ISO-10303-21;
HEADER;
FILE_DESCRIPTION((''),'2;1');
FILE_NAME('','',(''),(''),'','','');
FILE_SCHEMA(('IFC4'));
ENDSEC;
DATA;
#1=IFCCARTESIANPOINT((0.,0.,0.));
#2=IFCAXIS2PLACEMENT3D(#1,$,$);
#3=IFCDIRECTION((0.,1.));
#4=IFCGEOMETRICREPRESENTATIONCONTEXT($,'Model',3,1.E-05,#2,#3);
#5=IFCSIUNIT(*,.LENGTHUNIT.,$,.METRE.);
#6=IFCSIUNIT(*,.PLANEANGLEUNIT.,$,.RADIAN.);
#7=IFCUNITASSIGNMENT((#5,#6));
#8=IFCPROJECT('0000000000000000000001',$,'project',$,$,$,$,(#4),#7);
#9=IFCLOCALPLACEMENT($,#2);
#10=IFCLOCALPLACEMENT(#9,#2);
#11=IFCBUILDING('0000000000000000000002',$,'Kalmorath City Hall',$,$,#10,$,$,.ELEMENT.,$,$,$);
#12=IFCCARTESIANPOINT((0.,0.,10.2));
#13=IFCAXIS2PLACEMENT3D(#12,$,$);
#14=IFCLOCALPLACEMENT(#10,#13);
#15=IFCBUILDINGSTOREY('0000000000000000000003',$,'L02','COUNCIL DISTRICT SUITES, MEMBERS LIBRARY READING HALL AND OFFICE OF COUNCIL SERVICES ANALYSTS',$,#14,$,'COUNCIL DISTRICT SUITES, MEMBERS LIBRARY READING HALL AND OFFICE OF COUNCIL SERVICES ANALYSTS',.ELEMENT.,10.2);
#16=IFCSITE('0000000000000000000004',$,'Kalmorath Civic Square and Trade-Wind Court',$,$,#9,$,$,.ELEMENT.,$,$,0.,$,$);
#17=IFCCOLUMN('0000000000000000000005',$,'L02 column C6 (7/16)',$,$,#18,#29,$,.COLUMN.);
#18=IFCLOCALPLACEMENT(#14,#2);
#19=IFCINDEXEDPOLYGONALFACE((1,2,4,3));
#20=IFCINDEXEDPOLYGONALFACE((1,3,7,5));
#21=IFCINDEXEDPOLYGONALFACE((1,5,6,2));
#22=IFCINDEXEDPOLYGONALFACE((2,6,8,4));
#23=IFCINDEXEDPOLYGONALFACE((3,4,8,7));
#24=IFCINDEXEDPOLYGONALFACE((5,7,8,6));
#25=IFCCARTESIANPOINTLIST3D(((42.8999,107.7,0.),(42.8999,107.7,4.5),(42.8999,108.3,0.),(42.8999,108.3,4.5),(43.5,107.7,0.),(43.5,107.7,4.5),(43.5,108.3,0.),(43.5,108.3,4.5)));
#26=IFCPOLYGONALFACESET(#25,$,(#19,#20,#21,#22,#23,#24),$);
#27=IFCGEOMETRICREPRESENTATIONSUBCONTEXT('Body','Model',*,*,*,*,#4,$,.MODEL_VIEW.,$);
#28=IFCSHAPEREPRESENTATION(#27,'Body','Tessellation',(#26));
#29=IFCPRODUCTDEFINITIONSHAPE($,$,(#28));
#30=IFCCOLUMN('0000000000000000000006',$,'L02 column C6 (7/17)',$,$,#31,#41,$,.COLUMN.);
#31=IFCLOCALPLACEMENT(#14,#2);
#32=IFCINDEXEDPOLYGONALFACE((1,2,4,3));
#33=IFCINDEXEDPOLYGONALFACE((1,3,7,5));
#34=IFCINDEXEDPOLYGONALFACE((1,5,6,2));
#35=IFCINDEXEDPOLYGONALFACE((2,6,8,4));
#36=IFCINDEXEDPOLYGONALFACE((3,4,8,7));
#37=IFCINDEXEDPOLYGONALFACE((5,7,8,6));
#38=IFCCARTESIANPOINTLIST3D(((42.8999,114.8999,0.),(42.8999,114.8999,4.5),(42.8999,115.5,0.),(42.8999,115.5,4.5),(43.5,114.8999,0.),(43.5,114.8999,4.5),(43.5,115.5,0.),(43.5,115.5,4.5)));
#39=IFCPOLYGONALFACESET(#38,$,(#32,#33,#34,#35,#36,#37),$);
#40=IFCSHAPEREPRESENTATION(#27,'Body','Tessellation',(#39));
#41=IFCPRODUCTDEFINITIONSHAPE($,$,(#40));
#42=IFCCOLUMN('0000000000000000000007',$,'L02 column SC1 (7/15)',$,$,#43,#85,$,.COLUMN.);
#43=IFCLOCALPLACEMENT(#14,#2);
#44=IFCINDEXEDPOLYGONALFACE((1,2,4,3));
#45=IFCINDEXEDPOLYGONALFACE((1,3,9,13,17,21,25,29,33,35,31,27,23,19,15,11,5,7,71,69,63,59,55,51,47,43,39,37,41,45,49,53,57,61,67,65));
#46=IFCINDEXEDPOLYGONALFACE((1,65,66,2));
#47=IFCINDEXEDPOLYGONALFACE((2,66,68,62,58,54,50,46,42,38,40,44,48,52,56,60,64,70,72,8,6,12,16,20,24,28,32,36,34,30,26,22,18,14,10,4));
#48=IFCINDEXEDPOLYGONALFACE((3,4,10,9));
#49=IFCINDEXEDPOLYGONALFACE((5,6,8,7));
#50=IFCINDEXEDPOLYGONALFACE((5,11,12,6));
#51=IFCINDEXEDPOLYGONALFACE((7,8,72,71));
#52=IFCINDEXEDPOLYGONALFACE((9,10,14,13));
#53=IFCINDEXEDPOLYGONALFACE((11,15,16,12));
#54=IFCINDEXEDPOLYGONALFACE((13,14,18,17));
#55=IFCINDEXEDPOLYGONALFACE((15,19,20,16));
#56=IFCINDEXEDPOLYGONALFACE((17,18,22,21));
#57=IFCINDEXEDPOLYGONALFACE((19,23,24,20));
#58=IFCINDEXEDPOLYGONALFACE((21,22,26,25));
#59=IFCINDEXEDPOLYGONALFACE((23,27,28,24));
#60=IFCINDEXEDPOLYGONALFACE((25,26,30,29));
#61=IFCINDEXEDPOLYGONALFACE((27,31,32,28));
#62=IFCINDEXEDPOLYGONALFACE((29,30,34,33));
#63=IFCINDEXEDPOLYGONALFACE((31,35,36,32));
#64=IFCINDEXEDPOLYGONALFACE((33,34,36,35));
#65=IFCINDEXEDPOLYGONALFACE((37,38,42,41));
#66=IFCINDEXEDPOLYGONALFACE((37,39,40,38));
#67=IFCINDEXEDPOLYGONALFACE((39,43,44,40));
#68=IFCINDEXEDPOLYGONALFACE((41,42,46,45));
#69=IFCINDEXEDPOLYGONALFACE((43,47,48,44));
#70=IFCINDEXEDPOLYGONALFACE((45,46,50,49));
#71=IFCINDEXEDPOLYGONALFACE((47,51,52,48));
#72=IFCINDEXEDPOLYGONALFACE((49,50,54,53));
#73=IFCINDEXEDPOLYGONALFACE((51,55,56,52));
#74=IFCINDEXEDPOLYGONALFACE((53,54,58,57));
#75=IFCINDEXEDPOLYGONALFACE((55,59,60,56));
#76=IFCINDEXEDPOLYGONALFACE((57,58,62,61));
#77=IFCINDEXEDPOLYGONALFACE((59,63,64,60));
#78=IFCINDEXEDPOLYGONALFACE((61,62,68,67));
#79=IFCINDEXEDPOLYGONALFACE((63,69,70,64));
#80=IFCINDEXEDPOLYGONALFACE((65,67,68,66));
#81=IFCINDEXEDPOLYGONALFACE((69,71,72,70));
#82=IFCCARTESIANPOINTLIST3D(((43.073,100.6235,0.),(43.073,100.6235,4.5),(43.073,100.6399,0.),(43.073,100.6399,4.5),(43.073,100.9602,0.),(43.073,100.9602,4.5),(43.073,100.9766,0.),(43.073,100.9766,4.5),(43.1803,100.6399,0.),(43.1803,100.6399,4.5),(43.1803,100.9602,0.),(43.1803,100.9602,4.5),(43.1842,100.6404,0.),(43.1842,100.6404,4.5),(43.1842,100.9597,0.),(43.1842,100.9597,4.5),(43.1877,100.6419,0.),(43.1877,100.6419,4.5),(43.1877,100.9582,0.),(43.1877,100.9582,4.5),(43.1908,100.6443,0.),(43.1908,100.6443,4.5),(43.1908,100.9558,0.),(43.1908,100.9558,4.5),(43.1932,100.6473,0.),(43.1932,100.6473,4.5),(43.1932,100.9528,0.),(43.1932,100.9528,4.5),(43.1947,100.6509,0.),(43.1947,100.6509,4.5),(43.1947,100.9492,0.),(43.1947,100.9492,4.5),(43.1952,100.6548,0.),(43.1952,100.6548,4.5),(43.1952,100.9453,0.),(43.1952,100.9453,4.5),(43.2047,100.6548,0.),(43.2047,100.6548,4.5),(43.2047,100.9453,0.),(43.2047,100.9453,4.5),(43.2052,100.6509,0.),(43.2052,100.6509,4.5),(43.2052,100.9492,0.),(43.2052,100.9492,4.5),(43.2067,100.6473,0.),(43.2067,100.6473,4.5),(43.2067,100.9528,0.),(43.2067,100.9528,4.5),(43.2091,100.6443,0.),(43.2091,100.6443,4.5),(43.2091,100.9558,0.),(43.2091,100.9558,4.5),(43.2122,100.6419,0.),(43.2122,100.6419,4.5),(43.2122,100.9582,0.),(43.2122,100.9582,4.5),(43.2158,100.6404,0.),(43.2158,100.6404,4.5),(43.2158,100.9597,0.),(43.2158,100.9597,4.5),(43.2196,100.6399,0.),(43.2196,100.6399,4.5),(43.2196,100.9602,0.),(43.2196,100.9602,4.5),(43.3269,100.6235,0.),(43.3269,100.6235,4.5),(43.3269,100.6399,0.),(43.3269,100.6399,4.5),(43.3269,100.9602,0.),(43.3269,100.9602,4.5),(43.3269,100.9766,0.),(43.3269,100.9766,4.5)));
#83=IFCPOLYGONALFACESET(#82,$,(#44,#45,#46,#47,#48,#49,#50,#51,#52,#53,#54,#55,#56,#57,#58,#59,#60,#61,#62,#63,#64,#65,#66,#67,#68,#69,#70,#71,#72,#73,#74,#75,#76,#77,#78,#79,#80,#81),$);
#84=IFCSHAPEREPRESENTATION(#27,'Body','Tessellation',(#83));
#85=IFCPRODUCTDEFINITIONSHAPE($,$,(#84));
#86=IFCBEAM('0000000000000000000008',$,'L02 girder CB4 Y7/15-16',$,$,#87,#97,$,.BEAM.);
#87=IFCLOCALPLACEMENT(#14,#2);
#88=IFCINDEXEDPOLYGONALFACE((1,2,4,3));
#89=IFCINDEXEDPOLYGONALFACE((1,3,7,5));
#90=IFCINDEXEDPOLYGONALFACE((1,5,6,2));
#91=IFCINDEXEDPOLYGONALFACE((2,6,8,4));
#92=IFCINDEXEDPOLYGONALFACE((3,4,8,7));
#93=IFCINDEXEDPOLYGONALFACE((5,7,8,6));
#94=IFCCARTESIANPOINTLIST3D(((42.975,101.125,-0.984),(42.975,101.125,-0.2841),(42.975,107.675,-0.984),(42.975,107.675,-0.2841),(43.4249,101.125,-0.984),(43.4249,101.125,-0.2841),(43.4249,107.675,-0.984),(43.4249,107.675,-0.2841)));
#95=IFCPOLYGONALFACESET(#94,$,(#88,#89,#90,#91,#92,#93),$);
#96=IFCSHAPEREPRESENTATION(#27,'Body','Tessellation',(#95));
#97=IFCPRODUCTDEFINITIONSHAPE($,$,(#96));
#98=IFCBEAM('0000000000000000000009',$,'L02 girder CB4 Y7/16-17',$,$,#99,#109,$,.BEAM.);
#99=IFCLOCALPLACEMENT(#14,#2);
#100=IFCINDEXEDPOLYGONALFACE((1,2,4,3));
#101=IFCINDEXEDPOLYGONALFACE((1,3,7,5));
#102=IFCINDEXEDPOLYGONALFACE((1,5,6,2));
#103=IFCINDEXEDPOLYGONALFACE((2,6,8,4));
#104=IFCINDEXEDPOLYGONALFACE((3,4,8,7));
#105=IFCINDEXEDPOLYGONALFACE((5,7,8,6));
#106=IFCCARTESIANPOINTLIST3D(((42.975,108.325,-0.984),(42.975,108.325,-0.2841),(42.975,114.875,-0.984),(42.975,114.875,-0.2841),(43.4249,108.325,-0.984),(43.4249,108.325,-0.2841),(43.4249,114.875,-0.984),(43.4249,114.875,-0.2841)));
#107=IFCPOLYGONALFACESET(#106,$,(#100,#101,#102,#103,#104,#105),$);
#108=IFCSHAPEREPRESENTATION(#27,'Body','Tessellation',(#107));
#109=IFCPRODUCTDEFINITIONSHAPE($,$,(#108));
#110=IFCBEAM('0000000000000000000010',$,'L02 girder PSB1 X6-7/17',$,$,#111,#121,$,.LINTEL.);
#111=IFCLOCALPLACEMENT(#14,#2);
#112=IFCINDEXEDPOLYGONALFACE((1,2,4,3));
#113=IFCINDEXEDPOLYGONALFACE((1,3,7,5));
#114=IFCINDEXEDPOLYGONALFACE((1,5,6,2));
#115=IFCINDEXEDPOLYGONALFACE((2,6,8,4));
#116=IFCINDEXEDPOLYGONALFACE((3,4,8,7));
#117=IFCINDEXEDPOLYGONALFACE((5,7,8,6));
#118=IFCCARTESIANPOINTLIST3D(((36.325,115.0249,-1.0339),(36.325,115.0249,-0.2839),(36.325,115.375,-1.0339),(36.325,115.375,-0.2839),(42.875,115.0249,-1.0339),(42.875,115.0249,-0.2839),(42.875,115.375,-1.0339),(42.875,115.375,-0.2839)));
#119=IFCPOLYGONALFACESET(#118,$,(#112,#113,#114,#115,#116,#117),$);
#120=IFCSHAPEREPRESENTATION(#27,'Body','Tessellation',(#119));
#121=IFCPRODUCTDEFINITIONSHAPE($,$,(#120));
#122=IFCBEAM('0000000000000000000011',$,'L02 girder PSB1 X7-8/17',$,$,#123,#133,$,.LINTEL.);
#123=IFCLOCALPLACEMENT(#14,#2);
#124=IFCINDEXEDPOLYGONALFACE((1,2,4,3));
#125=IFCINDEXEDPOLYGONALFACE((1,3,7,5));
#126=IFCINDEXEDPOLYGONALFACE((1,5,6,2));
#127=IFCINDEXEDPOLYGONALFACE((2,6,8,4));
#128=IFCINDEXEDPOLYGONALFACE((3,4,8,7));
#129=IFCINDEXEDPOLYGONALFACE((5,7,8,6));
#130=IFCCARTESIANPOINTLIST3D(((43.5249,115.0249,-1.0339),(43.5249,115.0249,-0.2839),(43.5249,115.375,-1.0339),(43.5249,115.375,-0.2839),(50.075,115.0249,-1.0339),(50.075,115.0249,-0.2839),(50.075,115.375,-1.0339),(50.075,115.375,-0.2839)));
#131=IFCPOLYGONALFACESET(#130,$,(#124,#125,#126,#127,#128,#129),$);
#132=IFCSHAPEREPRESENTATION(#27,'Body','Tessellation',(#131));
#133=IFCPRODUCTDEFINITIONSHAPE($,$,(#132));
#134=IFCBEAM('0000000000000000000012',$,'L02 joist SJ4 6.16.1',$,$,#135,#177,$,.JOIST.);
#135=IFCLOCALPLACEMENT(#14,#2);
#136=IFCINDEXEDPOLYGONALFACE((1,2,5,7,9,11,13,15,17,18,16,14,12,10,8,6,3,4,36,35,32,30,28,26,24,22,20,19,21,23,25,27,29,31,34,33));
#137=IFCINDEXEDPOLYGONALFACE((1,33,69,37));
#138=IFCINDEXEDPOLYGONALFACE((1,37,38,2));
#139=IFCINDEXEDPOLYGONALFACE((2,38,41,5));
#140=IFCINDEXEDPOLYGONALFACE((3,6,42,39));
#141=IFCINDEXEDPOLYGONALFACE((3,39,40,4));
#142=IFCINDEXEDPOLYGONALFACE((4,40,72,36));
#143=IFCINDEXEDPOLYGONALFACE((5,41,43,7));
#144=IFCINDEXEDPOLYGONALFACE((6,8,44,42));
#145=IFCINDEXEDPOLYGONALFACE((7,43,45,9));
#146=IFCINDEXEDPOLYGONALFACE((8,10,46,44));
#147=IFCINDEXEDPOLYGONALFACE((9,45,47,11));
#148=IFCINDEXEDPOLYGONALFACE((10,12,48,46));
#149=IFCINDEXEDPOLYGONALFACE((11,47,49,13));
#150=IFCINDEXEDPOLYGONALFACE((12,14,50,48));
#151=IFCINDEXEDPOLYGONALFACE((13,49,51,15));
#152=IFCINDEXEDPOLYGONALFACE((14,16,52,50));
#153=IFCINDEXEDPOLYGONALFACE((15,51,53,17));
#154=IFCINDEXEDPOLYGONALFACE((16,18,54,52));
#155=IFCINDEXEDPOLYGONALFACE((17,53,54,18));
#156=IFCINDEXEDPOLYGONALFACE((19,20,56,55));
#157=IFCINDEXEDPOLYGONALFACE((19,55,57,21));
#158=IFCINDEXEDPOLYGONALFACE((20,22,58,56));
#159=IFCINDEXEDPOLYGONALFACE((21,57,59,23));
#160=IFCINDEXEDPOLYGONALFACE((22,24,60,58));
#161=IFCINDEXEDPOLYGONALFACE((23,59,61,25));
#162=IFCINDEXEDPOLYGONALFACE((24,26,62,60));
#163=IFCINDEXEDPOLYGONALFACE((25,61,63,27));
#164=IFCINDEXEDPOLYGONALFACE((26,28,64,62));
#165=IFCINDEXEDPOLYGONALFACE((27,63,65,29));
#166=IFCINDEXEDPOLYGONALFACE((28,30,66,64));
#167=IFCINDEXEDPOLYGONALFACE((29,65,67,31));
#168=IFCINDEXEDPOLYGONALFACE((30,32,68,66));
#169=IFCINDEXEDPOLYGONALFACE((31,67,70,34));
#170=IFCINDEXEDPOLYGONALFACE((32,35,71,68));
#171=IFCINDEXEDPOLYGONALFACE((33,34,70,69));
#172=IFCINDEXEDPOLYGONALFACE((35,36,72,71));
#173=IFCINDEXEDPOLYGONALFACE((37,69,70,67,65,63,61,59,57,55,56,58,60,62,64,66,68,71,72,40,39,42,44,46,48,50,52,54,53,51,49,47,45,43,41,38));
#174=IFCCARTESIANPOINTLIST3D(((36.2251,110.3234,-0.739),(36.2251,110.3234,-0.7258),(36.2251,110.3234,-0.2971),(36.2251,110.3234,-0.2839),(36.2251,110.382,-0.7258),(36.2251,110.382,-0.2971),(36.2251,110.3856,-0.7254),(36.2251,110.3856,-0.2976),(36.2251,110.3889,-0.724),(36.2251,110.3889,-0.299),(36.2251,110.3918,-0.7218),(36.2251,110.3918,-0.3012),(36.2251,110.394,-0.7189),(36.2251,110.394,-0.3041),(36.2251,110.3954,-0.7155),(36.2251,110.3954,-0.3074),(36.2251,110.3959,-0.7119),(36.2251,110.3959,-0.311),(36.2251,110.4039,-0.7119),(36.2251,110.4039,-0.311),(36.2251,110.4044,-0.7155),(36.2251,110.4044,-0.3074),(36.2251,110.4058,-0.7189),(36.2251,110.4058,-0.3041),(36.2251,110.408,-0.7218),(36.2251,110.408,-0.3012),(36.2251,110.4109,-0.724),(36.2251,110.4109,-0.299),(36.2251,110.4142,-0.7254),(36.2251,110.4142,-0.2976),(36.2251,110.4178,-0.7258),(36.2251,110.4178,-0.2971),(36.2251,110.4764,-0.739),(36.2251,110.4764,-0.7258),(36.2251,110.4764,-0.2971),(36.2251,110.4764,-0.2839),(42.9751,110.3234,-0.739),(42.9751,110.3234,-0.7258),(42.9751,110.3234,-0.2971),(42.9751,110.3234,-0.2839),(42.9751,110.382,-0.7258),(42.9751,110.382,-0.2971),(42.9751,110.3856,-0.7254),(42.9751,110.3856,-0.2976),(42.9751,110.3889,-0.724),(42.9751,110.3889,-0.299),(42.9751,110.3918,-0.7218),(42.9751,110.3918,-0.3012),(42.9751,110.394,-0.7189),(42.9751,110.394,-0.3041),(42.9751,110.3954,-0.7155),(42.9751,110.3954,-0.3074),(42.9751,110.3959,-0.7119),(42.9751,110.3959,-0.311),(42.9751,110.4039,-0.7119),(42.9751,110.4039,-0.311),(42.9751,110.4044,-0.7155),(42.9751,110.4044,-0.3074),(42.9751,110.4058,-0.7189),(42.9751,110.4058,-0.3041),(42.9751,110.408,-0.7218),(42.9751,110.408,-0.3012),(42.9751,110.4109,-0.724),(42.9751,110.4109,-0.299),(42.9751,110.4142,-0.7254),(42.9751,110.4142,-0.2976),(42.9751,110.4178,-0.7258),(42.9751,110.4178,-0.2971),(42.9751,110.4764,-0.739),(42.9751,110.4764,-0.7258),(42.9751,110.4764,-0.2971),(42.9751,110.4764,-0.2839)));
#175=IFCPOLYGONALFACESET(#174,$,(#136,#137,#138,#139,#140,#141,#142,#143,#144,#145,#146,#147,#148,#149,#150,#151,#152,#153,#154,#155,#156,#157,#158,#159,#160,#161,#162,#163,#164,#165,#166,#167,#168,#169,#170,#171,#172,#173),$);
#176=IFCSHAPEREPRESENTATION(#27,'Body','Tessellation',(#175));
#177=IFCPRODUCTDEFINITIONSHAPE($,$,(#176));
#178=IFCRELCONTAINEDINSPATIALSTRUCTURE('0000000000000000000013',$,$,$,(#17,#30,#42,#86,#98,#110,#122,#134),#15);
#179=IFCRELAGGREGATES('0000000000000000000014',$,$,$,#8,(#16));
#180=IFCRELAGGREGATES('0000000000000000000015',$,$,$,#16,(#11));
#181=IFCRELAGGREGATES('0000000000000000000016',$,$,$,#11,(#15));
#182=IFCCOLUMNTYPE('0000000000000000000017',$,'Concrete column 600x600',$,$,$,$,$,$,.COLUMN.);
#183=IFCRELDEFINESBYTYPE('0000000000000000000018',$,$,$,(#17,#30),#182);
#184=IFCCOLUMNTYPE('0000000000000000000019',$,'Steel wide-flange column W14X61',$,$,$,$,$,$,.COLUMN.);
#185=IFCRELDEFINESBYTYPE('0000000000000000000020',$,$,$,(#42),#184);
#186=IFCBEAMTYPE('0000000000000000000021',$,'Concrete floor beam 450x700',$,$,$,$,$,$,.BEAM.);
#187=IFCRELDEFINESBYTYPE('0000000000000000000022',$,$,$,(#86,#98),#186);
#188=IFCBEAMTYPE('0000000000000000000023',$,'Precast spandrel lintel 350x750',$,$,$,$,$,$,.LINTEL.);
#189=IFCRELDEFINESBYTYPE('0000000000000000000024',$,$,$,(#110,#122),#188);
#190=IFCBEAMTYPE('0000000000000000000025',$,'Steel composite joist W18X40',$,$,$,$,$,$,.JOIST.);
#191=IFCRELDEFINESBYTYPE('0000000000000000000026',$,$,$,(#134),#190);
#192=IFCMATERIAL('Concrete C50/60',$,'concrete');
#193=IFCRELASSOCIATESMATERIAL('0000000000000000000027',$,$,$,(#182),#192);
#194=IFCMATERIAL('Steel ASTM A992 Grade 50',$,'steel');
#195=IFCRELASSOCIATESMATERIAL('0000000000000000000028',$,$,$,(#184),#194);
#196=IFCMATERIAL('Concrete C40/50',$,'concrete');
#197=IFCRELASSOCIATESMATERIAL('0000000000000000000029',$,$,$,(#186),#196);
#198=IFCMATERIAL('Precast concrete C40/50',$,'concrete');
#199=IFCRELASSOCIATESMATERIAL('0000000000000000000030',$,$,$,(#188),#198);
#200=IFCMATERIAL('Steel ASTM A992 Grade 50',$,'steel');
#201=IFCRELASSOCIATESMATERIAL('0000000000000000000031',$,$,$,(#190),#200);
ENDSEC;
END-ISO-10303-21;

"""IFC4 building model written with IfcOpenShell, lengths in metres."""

from ifc_helpers import new_model, si_unit, direction, frame, origin, origin_2d, place, context, subcontext, project, spatial, rectangle, i_section, extrude, material, material_profile, profile_set, type_object, element, save


model = new_model("IFC4")

# Units and contexts
model_context = context("Model", 3, precision=1e-05, world=origin(), true_north=direction((0.0, 1.0)))
body_context = subcontext(model_context, "Body", "Model", "MODEL_VIEW")
ifc_project = project(units=[si_unit("LENGTHUNIT", "METRE"), si_unit("PLANEANGLEUNIT", "RADIAN")], contexts=[model_context])

# Site, building, storey
site_placement = place(None, origin())
site = spatial("IfcSite", under=ifc_project, at=site_placement, Name="Kalmorath Civic Square and Trade-Wind Court", CompositionType="ELEMENT", RefElevation=0.0)
building_placement = place(site_placement, origin())
building = spatial("IfcBuilding", under=site, at=building_placement, Name="Kalmorath City Hall", CompositionType="ELEMENT")
storey_placement = place(building_placement, frame((0.0, 0.0, 10.2)))
storey = spatial("IfcBuildingStorey", under=building, at=storey_placement, Name="L02", Description="COUNCIL DISTRICT SUITES, MEMBERS LIBRARY READING HALL AND OFFICE OF COUNCIL SERVICES ANALYSTS", LongName="COUNCIL DISTRICT SUITES, MEMBERS LIBRARY READING HALL AND OFFICE OF COUNCIL SERVICES ANALYSTS", CompositionType="ELEMENT", Elevation=10.2)

# Columns
ifc_material_1 = material(Name="Concrete C50/60", Category="concrete")
ifc_material_profile_1 = material_profile(ifc_material_1, rectangle(XDim=0.6001, YDim=0.6001, at=origin_2d()), Name="RC-COL-600X600")
ifc_profile_set_1 = profile_set([ifc_material_profile_1], Name="Concrete C50/60")
column_type_1 = type_object("IfcColumnType", Name="Concrete column 600x600", PredefinedType="COLUMN", material=ifc_profile_set_1)
for number, where, z_axis, x_axis, name in (
    (1, (43.2, 108.0, 0.0), (0.0, 0.0, 1.0), (1.0, 0.0, 0.0), "L02 column C6 (7/16)"),
    (2, (43.2, 115.2, 0.0), (0.0, 0.0, 1.0), (1.0, 0.0, 0.0), "L02 column C6 (7/17)"),
):
    element("IfcColumn", number, at=place(storey_placement, frame(where, z_axis=z_axis, x_axis=x_axis)), inside=storey, type_object=column_type_1, Name=name, PredefinedType="COLUMN", context=body_context, shape_type="SweptSolid", body=[
        extrude(rectangle(XDim=0.6001, YDim=0.6001, at=origin_2d()), origin(), (0.0, 0.0, 1.0), 4.5),
    ])
ifc_material_2 = material(Name="Steel ASTM A992 Grade 50", Category="steel")
ifc_material_profile_2 = material_profile(ifc_material_2, i_section(OverallWidth=0.2539, OverallDepth=0.353, WebThickness=0.0095, FlangeThickness=0.0164, FilletRadius=0.0149, at=origin_2d()), Name="W14X61")
ifc_profile_set_2 = profile_set([ifc_material_profile_2], Name="Steel ASTM A992 Grade 50")
column_type_2 = type_object("IfcColumnType", Name="Steel wide-flange column W14X61", PredefinedType="COLUMN", material=ifc_profile_set_2)
column_placement = place(storey_placement, frame((43.2, 100.8, 0.0), z_axis=(0.0, 0.0, 1.0), x_axis=(1.0, 0.0, 0.0)))
element("IfcColumn", 3, at=column_placement, inside=storey, type_object=column_type_2, Name="L02 column SC1 (7/15)", PredefinedType="COLUMN", context=body_context, shape_type="SweptSolid", body=[
    extrude(i_section(OverallWidth=0.2539, OverallDepth=0.353, WebThickness=0.0095, FlangeThickness=0.0164, FilletRadius=0.0149, at=origin_2d()), origin(), (0.0, 0.0, 1.0), 4.5),
])

# Beams
ifc_material_3 = material(Name="Concrete C40/50", Category="concrete")
ifc_material_profile_3 = material_profile(ifc_material_3, rectangle(XDim=0.45, YDim=0.7, at=origin_2d()), Name="RC-BM-450X700")
ifc_profile_set_3 = profile_set([ifc_material_profile_3], Name="Concrete C40/50")
beam_type_1 = type_object("IfcBeamType", Name="Concrete floor beam 450x700", PredefinedType="BEAM", material=ifc_profile_set_3)
for number, where, z_axis, x_axis, name in (
    (4, (43.2, 101.125, -0.634), (0.0, 1.0, 0.0), (-1.0, 0.0, 0.0), "L02 girder CB4 Y7/15-16"),
    (5, (43.2, 108.325, -0.634), (0.0, 1.0, 0.0), (-1.0, 0.0, 0.0), "L02 girder CB4 Y7/16-17"),
):
    element("IfcBeam", number, at=place(storey_placement, frame(where, z_axis=z_axis, x_axis=x_axis)), inside=storey, type_object=beam_type_1, Name=name, PredefinedType="BEAM", context=body_context, shape_type="SweptSolid", body=[
        extrude(rectangle(XDim=0.45, YDim=0.7, at=origin_2d()), origin(), (0.0, 0.0, 1.0), 6.55),
    ])
ifc_material_4 = material(Name="Precast concrete C40/50", Category="concrete")
ifc_material_profile_4 = material_profile(ifc_material_4, rectangle(XDim=0.3501, YDim=0.75, at=origin_2d()), Name="PC-SP-350X750")
ifc_profile_set_4 = profile_set([ifc_material_profile_4], Name="Precast concrete C40/50")
beam_type_2 = type_object("IfcBeamType", Name="Precast spandrel lintel 350x750", PredefinedType="LINTEL", material=ifc_profile_set_4)
for number, where, z_axis, x_axis, name in (
    (6, (36.325, 115.2, -0.6589), (1.0, 0.0, 0.0), (0.0, 1.0, 0.0), "L02 girder PSB1 X6-7/17"),
    (7, (43.5249, 115.2, -0.6589), (1.0, 0.0, 0.0), (0.0, 1.0, 0.0), "L02 girder PSB1 X7-8/17"),
):
    element("IfcBeam", number, at=place(storey_placement, frame(where, z_axis=z_axis, x_axis=x_axis)), inside=storey, type_object=beam_type_2, Name=name, PredefinedType="LINTEL", context=body_context, shape_type="SweptSolid", body=[
        extrude(rectangle(XDim=0.3501, YDim=0.75, at=origin_2d()), origin(), (0.0, 0.0, 1.0), 6.55),
    ])
ifc_material_5 = material(Name="Steel ASTM A992 Grade 50", Category="steel")
ifc_material_profile_5 = material_profile(ifc_material_5, i_section(OverallWidth=0.1531, OverallDepth=0.4551, WebThickness=0.0081, FlangeThickness=0.0132, FilletRadius=0.0139, at=origin_2d()), Name="W18X40")
ifc_profile_set_5 = profile_set([ifc_material_profile_5], Name="Steel ASTM A992 Grade 50")
beam_type_3 = type_object("IfcBeamType", Name="Steel composite joist W18X40", PredefinedType="JOIST", material=ifc_profile_set_5)
for number, where, z_axis, x_axis, name in (
    (8, (36.2251, 110.3999, -0.5115), (1.0, 0.0, 0.0), (0.0, 1.0, 0.0), "L02 joist SJ4 6.16.1"),
):
    element("IfcBeam", number, at=place(storey_placement, frame(where, z_axis=z_axis, x_axis=x_axis)), inside=storey, type_object=beam_type_3, Name=name, PredefinedType="JOIST", context=body_context, shape_type="SweptSolid", body=[
        extrude(i_section(OverallWidth=0.1531, OverallDepth=0.4551, WebThickness=0.0081, FlangeThickness=0.0132, FilletRadius=0.0139, at=origin_2d()), origin(), (0.0, 0.0, 1.0), 6.75),
    ])

save(model, "model.ifc")
